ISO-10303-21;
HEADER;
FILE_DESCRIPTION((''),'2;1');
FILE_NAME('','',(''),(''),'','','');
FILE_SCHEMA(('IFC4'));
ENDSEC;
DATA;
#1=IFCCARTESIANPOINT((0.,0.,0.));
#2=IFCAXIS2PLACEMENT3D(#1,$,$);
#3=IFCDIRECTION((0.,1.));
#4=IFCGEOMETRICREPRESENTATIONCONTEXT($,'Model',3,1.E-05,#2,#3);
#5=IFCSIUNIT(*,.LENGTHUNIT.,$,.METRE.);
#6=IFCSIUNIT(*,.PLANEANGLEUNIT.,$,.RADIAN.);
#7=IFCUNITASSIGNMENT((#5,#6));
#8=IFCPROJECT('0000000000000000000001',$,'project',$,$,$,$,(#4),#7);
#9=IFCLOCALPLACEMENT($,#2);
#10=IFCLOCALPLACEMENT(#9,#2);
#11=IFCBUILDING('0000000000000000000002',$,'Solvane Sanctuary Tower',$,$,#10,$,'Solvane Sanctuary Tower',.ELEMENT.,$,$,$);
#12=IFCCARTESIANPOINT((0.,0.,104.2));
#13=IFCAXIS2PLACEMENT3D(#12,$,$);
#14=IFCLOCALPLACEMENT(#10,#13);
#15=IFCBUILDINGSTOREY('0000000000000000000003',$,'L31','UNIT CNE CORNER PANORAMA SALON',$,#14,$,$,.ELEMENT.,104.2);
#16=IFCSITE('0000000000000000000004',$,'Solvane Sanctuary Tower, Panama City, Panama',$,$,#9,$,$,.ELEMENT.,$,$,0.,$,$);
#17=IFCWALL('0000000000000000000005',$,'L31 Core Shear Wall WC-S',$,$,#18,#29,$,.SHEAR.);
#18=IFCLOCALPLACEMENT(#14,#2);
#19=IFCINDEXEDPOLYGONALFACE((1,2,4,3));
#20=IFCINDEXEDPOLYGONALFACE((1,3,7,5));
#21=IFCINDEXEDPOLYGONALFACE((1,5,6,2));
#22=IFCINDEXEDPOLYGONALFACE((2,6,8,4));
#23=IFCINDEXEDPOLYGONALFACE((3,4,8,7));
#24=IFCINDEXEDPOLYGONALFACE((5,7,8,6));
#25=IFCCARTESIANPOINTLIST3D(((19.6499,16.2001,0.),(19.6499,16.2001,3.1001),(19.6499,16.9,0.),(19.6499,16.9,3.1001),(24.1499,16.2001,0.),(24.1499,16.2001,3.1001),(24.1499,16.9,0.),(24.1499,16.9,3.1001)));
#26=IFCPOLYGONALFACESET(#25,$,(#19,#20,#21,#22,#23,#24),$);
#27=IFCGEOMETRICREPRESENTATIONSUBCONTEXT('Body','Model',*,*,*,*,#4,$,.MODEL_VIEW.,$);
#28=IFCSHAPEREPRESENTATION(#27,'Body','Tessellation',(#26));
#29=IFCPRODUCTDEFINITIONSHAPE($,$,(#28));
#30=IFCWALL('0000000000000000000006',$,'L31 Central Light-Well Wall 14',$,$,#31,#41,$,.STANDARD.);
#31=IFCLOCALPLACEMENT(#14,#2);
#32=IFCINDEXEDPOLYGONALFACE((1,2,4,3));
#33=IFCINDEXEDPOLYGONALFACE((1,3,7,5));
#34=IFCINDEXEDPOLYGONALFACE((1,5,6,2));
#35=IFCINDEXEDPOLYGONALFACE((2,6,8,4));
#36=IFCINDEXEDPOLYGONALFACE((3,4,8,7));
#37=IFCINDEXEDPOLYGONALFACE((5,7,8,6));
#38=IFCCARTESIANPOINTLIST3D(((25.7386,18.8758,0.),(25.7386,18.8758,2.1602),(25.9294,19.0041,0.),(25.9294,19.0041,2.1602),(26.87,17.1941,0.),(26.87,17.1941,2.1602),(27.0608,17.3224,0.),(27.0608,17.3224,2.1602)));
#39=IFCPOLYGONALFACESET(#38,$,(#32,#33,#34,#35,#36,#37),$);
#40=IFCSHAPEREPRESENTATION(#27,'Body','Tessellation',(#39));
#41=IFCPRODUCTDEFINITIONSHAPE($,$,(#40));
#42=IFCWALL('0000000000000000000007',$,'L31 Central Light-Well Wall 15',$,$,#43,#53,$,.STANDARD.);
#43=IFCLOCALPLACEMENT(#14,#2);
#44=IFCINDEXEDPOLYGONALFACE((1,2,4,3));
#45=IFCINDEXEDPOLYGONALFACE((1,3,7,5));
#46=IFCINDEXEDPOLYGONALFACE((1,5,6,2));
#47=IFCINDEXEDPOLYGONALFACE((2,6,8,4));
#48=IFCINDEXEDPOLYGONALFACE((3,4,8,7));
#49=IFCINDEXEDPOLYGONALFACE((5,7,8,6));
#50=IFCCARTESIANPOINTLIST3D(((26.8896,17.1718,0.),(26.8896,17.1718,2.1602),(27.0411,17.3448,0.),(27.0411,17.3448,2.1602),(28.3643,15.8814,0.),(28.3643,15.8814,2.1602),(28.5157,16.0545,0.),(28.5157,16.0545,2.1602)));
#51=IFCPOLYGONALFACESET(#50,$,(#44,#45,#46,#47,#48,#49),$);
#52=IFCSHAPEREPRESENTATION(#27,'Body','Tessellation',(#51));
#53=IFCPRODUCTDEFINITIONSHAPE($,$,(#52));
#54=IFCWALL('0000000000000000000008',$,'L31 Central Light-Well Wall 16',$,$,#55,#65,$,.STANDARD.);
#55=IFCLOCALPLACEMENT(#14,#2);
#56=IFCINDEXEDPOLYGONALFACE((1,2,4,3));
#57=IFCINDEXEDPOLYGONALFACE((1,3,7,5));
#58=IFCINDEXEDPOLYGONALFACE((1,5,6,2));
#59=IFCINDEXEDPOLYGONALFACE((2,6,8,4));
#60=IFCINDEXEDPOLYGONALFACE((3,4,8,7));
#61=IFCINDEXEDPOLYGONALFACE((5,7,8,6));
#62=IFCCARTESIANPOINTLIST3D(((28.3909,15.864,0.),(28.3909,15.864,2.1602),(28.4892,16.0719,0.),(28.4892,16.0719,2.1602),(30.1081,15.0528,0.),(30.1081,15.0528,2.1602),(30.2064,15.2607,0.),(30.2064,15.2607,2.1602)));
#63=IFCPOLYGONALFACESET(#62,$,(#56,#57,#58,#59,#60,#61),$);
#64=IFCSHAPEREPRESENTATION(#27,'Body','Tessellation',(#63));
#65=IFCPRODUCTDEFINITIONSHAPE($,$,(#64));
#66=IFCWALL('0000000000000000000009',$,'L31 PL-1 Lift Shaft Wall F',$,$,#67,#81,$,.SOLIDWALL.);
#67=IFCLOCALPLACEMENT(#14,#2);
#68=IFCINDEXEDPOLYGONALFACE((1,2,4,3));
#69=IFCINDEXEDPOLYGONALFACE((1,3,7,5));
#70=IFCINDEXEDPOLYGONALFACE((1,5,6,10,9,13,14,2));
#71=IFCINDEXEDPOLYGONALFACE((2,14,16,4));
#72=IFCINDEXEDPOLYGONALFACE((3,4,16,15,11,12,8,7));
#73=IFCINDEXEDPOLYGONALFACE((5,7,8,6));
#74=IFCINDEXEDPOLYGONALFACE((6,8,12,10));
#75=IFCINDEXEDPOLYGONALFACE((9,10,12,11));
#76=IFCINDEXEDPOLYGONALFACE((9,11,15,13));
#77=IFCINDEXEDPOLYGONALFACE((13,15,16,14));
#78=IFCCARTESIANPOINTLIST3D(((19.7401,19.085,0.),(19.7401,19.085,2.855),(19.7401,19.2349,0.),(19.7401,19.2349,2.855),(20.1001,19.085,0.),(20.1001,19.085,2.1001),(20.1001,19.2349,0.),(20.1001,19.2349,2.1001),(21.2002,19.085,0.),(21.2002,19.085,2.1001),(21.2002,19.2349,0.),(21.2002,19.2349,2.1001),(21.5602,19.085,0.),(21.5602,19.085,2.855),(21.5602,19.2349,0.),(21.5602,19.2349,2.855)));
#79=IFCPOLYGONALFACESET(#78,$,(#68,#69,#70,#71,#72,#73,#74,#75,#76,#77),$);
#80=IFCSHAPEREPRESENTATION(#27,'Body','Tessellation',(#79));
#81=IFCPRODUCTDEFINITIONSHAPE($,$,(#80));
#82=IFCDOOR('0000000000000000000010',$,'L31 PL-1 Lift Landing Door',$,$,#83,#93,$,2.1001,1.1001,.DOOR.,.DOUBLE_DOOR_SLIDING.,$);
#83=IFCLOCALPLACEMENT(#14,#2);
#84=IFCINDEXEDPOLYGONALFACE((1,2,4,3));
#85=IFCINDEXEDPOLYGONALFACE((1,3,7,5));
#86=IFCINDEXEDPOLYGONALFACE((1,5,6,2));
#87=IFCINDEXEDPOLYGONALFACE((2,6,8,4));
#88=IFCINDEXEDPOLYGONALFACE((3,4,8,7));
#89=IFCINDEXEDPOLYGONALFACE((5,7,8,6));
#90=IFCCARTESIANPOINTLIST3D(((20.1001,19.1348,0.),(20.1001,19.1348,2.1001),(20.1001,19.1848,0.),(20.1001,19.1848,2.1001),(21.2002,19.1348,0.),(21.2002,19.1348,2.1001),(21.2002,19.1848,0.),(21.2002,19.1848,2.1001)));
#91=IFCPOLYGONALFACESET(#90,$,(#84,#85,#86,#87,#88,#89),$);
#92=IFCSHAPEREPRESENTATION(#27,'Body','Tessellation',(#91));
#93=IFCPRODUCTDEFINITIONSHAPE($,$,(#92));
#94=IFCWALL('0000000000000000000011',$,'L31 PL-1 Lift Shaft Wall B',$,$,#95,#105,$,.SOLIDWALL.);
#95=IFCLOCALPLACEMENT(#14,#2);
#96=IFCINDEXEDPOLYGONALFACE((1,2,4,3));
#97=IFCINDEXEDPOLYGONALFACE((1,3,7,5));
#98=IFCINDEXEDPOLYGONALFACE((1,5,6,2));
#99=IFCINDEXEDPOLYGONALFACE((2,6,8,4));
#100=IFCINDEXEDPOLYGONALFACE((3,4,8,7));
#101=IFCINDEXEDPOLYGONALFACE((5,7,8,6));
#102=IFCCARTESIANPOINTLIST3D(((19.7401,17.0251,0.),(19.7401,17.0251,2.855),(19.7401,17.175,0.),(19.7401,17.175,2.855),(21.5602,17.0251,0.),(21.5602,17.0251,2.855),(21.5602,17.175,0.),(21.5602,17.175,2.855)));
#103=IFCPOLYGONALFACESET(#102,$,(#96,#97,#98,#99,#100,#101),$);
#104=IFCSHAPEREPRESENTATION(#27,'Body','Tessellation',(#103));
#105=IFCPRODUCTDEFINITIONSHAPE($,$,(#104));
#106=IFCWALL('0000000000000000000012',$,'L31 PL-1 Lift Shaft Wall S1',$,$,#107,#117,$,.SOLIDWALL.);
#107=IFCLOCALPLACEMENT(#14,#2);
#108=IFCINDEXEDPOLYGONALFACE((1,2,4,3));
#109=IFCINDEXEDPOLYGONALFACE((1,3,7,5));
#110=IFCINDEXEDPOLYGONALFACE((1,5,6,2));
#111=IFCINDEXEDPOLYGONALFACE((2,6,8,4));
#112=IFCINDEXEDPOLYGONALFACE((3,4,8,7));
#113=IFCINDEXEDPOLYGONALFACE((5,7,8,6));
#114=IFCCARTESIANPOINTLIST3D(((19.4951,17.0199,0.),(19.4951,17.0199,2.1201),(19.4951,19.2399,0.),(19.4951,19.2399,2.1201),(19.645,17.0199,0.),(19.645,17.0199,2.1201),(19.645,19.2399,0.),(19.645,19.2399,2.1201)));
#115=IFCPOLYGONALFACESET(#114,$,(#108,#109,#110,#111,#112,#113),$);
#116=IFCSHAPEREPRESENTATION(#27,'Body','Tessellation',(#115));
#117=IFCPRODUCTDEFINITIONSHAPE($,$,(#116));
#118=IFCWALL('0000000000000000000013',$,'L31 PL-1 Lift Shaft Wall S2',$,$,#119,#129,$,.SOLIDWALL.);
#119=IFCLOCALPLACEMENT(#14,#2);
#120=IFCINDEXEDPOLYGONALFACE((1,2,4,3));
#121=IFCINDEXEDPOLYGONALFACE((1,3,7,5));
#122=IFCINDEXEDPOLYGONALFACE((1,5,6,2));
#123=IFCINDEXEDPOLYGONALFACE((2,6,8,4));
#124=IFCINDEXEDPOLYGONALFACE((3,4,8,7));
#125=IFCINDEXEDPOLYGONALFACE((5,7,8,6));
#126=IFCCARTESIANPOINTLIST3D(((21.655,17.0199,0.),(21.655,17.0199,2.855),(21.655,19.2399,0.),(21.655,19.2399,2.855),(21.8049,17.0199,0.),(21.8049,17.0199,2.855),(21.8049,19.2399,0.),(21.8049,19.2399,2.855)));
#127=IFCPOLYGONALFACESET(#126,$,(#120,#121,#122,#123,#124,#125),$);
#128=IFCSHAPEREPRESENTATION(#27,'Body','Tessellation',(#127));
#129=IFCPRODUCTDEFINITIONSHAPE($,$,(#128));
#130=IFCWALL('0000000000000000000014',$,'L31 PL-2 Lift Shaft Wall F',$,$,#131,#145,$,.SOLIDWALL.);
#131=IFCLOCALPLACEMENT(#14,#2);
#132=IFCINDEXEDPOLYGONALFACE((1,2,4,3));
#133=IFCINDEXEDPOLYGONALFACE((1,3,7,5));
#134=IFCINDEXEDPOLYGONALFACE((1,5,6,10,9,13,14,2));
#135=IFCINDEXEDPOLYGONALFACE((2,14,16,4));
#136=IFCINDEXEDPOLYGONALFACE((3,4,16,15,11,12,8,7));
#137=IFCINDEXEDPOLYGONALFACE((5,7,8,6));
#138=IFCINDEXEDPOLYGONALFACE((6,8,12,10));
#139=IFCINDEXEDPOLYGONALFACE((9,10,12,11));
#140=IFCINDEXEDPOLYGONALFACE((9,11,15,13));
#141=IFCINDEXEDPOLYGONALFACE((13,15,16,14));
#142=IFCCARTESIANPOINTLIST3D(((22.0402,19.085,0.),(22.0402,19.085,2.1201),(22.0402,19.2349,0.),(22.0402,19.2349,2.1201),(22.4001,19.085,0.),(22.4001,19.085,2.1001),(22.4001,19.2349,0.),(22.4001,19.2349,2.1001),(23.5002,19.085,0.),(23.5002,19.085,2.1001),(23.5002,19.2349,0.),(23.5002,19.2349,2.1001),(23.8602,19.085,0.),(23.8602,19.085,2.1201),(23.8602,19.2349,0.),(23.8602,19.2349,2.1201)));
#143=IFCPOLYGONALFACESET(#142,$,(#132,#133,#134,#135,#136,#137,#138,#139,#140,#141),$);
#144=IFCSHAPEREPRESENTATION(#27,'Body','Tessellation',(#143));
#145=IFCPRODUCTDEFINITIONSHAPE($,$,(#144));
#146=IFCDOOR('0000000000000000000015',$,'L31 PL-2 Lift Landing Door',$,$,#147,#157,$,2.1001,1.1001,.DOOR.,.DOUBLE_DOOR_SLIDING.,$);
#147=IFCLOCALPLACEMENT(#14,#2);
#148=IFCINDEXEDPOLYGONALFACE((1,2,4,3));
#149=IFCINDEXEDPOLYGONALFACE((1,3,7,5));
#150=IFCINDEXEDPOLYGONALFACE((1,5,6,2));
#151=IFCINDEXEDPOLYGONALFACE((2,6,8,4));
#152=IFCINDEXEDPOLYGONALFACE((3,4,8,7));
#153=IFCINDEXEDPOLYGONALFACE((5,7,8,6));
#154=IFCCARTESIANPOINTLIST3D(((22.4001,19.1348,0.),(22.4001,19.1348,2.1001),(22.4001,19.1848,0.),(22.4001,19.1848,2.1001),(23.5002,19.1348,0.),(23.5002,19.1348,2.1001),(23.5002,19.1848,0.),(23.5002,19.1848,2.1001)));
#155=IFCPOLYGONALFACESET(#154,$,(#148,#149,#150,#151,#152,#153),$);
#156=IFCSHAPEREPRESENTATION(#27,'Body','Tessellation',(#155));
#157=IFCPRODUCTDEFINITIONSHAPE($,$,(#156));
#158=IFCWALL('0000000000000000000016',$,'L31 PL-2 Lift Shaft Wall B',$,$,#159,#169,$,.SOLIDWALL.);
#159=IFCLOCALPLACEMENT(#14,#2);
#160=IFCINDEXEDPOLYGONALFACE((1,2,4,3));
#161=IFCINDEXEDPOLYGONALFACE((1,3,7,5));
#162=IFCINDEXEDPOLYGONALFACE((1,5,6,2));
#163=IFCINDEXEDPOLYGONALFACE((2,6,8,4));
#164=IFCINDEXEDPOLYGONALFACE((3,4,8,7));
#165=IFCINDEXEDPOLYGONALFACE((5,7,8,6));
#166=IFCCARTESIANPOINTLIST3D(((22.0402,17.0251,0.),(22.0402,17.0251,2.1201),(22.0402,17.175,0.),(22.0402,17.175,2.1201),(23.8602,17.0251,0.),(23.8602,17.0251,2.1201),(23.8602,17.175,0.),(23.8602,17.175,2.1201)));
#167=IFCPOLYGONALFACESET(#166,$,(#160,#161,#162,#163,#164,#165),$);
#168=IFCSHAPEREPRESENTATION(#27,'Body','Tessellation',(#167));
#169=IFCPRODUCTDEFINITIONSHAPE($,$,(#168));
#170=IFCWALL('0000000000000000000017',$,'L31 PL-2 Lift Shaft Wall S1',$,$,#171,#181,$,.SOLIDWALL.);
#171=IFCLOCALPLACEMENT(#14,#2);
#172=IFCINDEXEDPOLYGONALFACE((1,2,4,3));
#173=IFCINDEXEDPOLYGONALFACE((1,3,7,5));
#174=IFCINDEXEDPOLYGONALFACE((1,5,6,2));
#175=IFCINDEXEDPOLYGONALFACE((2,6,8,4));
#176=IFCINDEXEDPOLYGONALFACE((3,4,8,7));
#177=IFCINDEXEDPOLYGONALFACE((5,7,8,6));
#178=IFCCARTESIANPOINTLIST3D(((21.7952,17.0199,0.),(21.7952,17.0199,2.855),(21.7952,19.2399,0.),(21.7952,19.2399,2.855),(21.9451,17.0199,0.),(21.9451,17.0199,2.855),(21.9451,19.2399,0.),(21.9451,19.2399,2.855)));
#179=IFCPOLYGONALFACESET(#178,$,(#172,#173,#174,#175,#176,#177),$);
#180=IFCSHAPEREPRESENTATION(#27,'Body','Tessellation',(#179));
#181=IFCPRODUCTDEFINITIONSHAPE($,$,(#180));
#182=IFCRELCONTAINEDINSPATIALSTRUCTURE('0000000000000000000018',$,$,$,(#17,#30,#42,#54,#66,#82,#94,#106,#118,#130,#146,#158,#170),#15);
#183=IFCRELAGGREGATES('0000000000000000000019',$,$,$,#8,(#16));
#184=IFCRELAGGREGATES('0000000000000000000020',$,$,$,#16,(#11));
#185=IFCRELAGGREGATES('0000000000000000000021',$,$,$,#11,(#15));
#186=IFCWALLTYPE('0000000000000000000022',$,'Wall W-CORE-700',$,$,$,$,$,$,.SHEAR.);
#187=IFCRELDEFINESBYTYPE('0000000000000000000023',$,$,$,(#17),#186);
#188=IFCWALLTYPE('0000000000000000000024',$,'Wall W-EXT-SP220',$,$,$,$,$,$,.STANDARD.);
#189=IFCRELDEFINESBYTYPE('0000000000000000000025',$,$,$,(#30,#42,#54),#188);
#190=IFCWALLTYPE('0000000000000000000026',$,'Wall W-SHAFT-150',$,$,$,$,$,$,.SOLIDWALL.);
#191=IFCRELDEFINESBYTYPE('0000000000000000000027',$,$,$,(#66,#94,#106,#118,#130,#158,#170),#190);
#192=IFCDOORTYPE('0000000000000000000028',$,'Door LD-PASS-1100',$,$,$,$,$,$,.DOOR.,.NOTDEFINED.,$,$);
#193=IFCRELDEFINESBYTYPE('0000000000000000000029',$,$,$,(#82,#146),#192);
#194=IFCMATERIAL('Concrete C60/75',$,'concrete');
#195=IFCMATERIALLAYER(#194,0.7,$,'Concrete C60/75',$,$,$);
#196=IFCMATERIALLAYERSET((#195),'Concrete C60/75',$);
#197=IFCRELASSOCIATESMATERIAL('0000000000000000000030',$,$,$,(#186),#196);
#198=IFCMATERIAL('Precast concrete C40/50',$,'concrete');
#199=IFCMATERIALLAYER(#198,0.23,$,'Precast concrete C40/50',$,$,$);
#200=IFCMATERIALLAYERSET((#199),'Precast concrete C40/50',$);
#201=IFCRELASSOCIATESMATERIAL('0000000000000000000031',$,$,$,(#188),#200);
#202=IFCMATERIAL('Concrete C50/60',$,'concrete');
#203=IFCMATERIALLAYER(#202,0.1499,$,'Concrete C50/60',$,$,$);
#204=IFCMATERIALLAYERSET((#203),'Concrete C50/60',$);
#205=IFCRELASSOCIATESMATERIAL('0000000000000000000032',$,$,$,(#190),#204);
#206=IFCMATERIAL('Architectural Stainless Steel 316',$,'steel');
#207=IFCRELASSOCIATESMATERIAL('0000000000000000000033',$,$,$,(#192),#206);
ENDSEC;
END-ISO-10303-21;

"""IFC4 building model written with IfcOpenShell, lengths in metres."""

from ifc_helpers import new_model, si_unit, direction, frame, frame_2d, origin, place, context, subcontext, project, spatial, rectangle, extrude, material, layer, layer_set, type_object, element, fill, save


model = new_model("IFC4")

# Units and contexts
model_context = context("Model", 3, precision=1e-05, world=origin(), true_north=direction((0.0, 1.0)))
body_context = subcontext(model_context, "Body", "Model", "MODEL_VIEW")
ifc_project = project(units=[si_unit("LENGTHUNIT", "METRE"), si_unit("PLANEANGLEUNIT", "RADIAN")], contexts=[model_context])

# Site, building, storey
site_placement = place(None, origin())
site = spatial("IfcSite", under=ifc_project, at=site_placement, Name="Solvane Sanctuary Tower, Panama City, Panama", CompositionType="ELEMENT", RefElevation=0.0)
building_placement = place(site_placement, origin())
building = spatial("IfcBuilding", under=site, at=building_placement, Name="Solvane Sanctuary Tower", LongName="Solvane Sanctuary Tower", CompositionType="ELEMENT")
storey_placement = place(building_placement, frame((0.0, 0.0, 104.2)))
storey = spatial("IfcBuildingStorey", under=building, at=storey_placement, Name="L31", Description="UNIT CNE CORNER PANORAMA SALON", CompositionType="ELEMENT", Elevation=104.2)

# Shared definitions
ifc_material_1 = material(Name="Concrete C60/75", Category="concrete")

# Walls
ifc_layer_1 = layer(ifc_material_1, 0.7, Name="Concrete C60/75")
ifc_layer_set_1 = layer_set([ifc_layer_1], Name="Concrete C60/75")
wall_type_1 = type_object("IfcWallType", Name="Wall W-CORE-700", PredefinedType="SHEAR", material=ifc_layer_set_1)
wall_1_placement = place(storey_placement, frame((19.6499, 16.55, 0.0), z_axis=(0.0, 0.0, 1.0), x_axis=(1.0, 0.0, 0.0)))
element("IfcWall", 1, at=wall_1_placement, inside=storey, type_object=wall_type_1, Name="L31 Core Shear Wall WC-S", PredefinedType="SHEAR", context=body_context, shape_type="SweptSolid", body=[
    extrude(rectangle(XDim=4.5, YDim=0.7, at=frame_2d((2.25, 0.0))), origin(), (0.0, 0.0, 1.0), 3.1001),
])
ifc_material_2 = material(Name="Precast concrete C40/50", Category="concrete")
ifc_layer_2 = layer(ifc_material_2, 0.23, Name="Precast concrete C40/50")
ifc_layer_set_2 = layer_set([ifc_layer_2], Name="Precast concrete C40/50")
wall_type_2 = type_object("IfcWallType", Name="Wall W-EXT-SP220", PredefinedType="STANDARD", material=ifc_layer_set_2)
wall_2_placement = place(storey_placement, frame((25.834, 18.9399, 0.0), z_axis=(0.0, 0.0, 1.0), x_axis=(0.558198, -0.829708, 0.0)))
element("IfcWall", 2, at=wall_2_placement, inside=storey, type_object=wall_type_2, Name="L31 Central Light-Well Wall 14", PredefinedType="STANDARD", context=body_context, shape_type="SweptSolid", body=[
    extrude(rectangle(XDim=2.0269, YDim=0.23, at=frame_2d((1.0134, 0.0))), origin(), (0.0, 0.0, 1.0), 2.1602),
])
wall_3_placement = place(storey_placement, frame((26.9653, 17.2583, 0.0), z_axis=(0.0, 0.0, 1.0), x_axis=(0.752577, -0.658505, 0.0)))
element("IfcWall", 3, at=wall_3_placement, inside=storey, type_object=wall_type_2, Name="L31 Central Light-Well Wall 15", PredefinedType="STANDARD", context=body_context, shape_type="SweptSolid", body=[
    extrude(rectangle(XDim=1.9595, YDim=0.23, at=frame_2d((0.9797, 0.0))), origin(), (0.0, 0.0, 1.0), 2.1602),
])
wall_4_placement = place(storey_placement, frame((28.4399, 15.968, 0.0), z_axis=(0.0, 0.0, 1.0), x_axis=(0.90418, -0.427152, 0.0)))
element("IfcWall", 4, at=wall_4_placement, inside=storey, type_object=wall_type_2, Name="L31 Central Light-Well Wall 16", PredefinedType="STANDARD", context=body_context, shape_type="SweptSolid", body=[
    extrude(rectangle(XDim=1.8992, YDim=0.23, at=frame_2d((0.9497, 0.0))), origin(), (0.0, 0.0, 1.0), 2.1602),
])

# Wall, opening, door
ifc_material_3 = material(Name="Concrete C50/60", Category="concrete")
ifc_layer_3 = layer(ifc_material_3, 0.1499, Name="Concrete C50/60")
ifc_layer_set_3 = layer_set([ifc_layer_3], Name="Concrete C50/60")
wall_type_3 = type_object("IfcWallType", Name="Wall W-SHAFT-150", PredefinedType="SOLIDWALL", material=ifc_layer_set_3)
wall_5_placement = place(storey_placement, frame((19.74, 19.1599, 0.0), z_axis=(0.0, 0.0, 1.0), x_axis=(1.0, 0.0, 0.0)))
wall_5 = element("IfcWall", 5, at=wall_5_placement, inside=storey, type_object=wall_type_3, Name="L31 PL-1 Lift Shaft Wall F", PredefinedType="SOLIDWALL", context=body_context, shape_type="SweptSolid", body=[
    extrude(rectangle(XDim=1.8201, YDim=0.1499, at=frame_2d((0.9102, 0.0))), origin(), (0.0, 0.0, 1.0), 2.855),
])
opening_1_placement = place(wall_5_placement, frame((0.3601, 0.0, 0.0)))
opening_1 = element("IfcOpeningElement", 6, at=opening_1_placement, cuts=wall_5, PredefinedType="OPENING", context=body_context, shape_type="SweptSolid", body=[
    extrude(rectangle(XDim=1.1001, YDim=2.1001, at=frame_2d((0.55, 1.05))), frame((0.0, 0.085, 0.0), z_axis=(0.0, -1.0, 0.0), x_axis=(1.0, 0.0, 0.0)), (0.0, 0.0, 1.0), 0.1699),
])
ifc_material_4 = material(Name="Architectural Stainless Steel 316", Category="steel")
door_type = type_object("IfcDoorType", Name="Door LD-PASS-1100", OperationType="NOTDEFINED", PredefinedType="DOOR", material=ifc_material_4)
door_1_placement = place(opening_1_placement, origin())
door_1 = element("IfcDoor", 7, at=door_1_placement, inside=storey, type_object=door_type, Name="L31 PL-1 Lift Landing Door", OperationType="DOUBLE_DOOR_SLIDING", OverallHeight=2.1001, OverallWidth=1.1001, PredefinedType="DOOR", context=body_context, shape_type="SweptSolid", body=[
    extrude(rectangle(XDim=1.1001, YDim=2.1001, at=frame_2d((0.55, 1.05))), frame((0.0, 0.0249, 0.0), z_axis=(0.0, -1.0, 0.0), x_axis=(1.0, 0.0, 0.0)), (0.0, 0.0, 1.0), 0.05),
])
fill(opening_1, door_1)

# Walls
wall_6_placement = place(storey_placement, frame((19.74, 17.1001, 0.0), z_axis=(0.0, 0.0, 1.0), x_axis=(1.0, 0.0, 0.0)))
element("IfcWall", 8, at=wall_6_placement, inside=storey, type_object=wall_type_3, Name="L31 PL-1 Lift Shaft Wall B", PredefinedType="SOLIDWALL", context=body_context, shape_type="SweptSolid", body=[
    extrude(rectangle(XDim=1.8201, YDim=0.1499, at=frame_2d((0.9102, 0.0))), origin(), (0.0, 0.0, 1.0), 2.855),
])
wall_7_placement = place(storey_placement, frame((19.5701, 17.02, 0.0), z_axis=(0.0, 0.0, 1.0), x_axis=(0.0, 1.0, 0.0)))
element("IfcWall", 9, at=wall_7_placement, inside=storey, type_object=wall_type_3, Name="L31 PL-1 Lift Shaft Wall S1", PredefinedType="SOLIDWALL", context=body_context, shape_type="SweptSolid", body=[
    extrude(rectangle(XDim=2.22, YDim=0.1499, at=frame_2d((1.1099, 0.0))), origin(), (0.0, 0.0, 1.0), 2.1201),
])
wall_8_placement = place(storey_placement, frame((21.73, 17.02, 0.0), z_axis=(0.0, 0.0, 1.0), x_axis=(0.0, 1.0, 0.0)))
element("IfcWall", 10, at=wall_8_placement, inside=storey, type_object=wall_type_3, Name="L31 PL-1 Lift Shaft Wall S2", PredefinedType="SOLIDWALL", context=body_context, shape_type="SweptSolid", body=[
    extrude(rectangle(XDim=2.22, YDim=0.1499, at=frame_2d((1.1099, 0.0))), origin(), (0.0, 0.0, 1.0), 2.855),
])

# Wall, opening, door
wall_9_placement = place(storey_placement, frame((22.04, 19.1599, 0.0), z_axis=(0.0, 0.0, 1.0), x_axis=(1.0, 0.0, 0.0)))
wall_9 = element("IfcWall", 11, at=wall_9_placement, inside=storey, type_object=wall_type_3, Name="L31 PL-2 Lift Shaft Wall F", PredefinedType="SOLIDWALL", context=body_context, shape_type="SweptSolid", body=[
    extrude(rectangle(XDim=1.8201, YDim=0.1499, at=frame_2d((0.9102, 0.0))), origin(), (0.0, 0.0, 1.0), 2.1201),
])
opening_2_placement = place(wall_9_placement, frame((0.3601, 0.0, 0.0)))
opening_2 = element("IfcOpeningElement", 12, at=opening_2_placement, cuts=wall_9, PredefinedType="OPENING", context=body_context, shape_type="SweptSolid", body=[
    extrude(rectangle(XDim=1.1001, YDim=2.1001, at=frame_2d((0.55, 1.05))), frame((0.0, 0.085, 0.0), z_axis=(0.0, -1.0, 0.0), x_axis=(1.0, 0.0, 0.0)), (0.0, 0.0, 1.0), 0.1699),
])
door_2_placement = place(opening_2_placement, origin())
door_2 = element("IfcDoor", 13, at=door_2_placement, inside=storey, type_object=door_type, Name="L31 PL-2 Lift Landing Door", OperationType="DOUBLE_DOOR_SLIDING", OverallHeight=2.1001, OverallWidth=1.1001, PredefinedType="DOOR", context=body_context, shape_type="SweptSolid", body=[
    extrude(rectangle(XDim=1.1001, YDim=2.1001, at=frame_2d((0.55, 1.05))), frame((0.0, 0.0249, 0.0), z_axis=(0.0, -1.0, 0.0), x_axis=(1.0, 0.0, 0.0)), (0.0, 0.0, 1.0), 0.05),
])
fill(opening_2, door_2)

# Walls
wall_10_placement = place(storey_placement, frame((22.04, 17.1001, 0.0), z_axis=(0.0, 0.0, 1.0), x_axis=(1.0, 0.0, 0.0)))
element("IfcWall", 14, at=wall_10_placement, inside=storey, type_object=wall_type_3, Name="L31 PL-2 Lift Shaft Wall B", PredefinedType="SOLIDWALL", context=body_context, shape_type="SweptSolid", body=[
    extrude(rectangle(XDim=1.8201, YDim=0.1499, at=frame_2d((0.9102, 0.0))), origin(), (0.0, 0.0, 1.0), 2.1201),
])
wall_11_placement = place(storey_placement, frame((21.8701, 17.02, 0.0), z_axis=(0.0, 0.0, 1.0), x_axis=(0.0, 1.0, 0.0)))
element("IfcWall", 15, at=wall_11_placement, inside=storey, type_object=wall_type_3, Name="L31 PL-2 Lift Shaft Wall S1", PredefinedType="SOLIDWALL", context=body_context, shape_type="SweptSolid", body=[
    extrude(rectangle(XDim=2.22, YDim=0.1499, at=frame_2d((1.1099, 0.0))), origin(), (0.0, 0.0, 1.0), 2.855),
])

save(model, "model.ifc")
